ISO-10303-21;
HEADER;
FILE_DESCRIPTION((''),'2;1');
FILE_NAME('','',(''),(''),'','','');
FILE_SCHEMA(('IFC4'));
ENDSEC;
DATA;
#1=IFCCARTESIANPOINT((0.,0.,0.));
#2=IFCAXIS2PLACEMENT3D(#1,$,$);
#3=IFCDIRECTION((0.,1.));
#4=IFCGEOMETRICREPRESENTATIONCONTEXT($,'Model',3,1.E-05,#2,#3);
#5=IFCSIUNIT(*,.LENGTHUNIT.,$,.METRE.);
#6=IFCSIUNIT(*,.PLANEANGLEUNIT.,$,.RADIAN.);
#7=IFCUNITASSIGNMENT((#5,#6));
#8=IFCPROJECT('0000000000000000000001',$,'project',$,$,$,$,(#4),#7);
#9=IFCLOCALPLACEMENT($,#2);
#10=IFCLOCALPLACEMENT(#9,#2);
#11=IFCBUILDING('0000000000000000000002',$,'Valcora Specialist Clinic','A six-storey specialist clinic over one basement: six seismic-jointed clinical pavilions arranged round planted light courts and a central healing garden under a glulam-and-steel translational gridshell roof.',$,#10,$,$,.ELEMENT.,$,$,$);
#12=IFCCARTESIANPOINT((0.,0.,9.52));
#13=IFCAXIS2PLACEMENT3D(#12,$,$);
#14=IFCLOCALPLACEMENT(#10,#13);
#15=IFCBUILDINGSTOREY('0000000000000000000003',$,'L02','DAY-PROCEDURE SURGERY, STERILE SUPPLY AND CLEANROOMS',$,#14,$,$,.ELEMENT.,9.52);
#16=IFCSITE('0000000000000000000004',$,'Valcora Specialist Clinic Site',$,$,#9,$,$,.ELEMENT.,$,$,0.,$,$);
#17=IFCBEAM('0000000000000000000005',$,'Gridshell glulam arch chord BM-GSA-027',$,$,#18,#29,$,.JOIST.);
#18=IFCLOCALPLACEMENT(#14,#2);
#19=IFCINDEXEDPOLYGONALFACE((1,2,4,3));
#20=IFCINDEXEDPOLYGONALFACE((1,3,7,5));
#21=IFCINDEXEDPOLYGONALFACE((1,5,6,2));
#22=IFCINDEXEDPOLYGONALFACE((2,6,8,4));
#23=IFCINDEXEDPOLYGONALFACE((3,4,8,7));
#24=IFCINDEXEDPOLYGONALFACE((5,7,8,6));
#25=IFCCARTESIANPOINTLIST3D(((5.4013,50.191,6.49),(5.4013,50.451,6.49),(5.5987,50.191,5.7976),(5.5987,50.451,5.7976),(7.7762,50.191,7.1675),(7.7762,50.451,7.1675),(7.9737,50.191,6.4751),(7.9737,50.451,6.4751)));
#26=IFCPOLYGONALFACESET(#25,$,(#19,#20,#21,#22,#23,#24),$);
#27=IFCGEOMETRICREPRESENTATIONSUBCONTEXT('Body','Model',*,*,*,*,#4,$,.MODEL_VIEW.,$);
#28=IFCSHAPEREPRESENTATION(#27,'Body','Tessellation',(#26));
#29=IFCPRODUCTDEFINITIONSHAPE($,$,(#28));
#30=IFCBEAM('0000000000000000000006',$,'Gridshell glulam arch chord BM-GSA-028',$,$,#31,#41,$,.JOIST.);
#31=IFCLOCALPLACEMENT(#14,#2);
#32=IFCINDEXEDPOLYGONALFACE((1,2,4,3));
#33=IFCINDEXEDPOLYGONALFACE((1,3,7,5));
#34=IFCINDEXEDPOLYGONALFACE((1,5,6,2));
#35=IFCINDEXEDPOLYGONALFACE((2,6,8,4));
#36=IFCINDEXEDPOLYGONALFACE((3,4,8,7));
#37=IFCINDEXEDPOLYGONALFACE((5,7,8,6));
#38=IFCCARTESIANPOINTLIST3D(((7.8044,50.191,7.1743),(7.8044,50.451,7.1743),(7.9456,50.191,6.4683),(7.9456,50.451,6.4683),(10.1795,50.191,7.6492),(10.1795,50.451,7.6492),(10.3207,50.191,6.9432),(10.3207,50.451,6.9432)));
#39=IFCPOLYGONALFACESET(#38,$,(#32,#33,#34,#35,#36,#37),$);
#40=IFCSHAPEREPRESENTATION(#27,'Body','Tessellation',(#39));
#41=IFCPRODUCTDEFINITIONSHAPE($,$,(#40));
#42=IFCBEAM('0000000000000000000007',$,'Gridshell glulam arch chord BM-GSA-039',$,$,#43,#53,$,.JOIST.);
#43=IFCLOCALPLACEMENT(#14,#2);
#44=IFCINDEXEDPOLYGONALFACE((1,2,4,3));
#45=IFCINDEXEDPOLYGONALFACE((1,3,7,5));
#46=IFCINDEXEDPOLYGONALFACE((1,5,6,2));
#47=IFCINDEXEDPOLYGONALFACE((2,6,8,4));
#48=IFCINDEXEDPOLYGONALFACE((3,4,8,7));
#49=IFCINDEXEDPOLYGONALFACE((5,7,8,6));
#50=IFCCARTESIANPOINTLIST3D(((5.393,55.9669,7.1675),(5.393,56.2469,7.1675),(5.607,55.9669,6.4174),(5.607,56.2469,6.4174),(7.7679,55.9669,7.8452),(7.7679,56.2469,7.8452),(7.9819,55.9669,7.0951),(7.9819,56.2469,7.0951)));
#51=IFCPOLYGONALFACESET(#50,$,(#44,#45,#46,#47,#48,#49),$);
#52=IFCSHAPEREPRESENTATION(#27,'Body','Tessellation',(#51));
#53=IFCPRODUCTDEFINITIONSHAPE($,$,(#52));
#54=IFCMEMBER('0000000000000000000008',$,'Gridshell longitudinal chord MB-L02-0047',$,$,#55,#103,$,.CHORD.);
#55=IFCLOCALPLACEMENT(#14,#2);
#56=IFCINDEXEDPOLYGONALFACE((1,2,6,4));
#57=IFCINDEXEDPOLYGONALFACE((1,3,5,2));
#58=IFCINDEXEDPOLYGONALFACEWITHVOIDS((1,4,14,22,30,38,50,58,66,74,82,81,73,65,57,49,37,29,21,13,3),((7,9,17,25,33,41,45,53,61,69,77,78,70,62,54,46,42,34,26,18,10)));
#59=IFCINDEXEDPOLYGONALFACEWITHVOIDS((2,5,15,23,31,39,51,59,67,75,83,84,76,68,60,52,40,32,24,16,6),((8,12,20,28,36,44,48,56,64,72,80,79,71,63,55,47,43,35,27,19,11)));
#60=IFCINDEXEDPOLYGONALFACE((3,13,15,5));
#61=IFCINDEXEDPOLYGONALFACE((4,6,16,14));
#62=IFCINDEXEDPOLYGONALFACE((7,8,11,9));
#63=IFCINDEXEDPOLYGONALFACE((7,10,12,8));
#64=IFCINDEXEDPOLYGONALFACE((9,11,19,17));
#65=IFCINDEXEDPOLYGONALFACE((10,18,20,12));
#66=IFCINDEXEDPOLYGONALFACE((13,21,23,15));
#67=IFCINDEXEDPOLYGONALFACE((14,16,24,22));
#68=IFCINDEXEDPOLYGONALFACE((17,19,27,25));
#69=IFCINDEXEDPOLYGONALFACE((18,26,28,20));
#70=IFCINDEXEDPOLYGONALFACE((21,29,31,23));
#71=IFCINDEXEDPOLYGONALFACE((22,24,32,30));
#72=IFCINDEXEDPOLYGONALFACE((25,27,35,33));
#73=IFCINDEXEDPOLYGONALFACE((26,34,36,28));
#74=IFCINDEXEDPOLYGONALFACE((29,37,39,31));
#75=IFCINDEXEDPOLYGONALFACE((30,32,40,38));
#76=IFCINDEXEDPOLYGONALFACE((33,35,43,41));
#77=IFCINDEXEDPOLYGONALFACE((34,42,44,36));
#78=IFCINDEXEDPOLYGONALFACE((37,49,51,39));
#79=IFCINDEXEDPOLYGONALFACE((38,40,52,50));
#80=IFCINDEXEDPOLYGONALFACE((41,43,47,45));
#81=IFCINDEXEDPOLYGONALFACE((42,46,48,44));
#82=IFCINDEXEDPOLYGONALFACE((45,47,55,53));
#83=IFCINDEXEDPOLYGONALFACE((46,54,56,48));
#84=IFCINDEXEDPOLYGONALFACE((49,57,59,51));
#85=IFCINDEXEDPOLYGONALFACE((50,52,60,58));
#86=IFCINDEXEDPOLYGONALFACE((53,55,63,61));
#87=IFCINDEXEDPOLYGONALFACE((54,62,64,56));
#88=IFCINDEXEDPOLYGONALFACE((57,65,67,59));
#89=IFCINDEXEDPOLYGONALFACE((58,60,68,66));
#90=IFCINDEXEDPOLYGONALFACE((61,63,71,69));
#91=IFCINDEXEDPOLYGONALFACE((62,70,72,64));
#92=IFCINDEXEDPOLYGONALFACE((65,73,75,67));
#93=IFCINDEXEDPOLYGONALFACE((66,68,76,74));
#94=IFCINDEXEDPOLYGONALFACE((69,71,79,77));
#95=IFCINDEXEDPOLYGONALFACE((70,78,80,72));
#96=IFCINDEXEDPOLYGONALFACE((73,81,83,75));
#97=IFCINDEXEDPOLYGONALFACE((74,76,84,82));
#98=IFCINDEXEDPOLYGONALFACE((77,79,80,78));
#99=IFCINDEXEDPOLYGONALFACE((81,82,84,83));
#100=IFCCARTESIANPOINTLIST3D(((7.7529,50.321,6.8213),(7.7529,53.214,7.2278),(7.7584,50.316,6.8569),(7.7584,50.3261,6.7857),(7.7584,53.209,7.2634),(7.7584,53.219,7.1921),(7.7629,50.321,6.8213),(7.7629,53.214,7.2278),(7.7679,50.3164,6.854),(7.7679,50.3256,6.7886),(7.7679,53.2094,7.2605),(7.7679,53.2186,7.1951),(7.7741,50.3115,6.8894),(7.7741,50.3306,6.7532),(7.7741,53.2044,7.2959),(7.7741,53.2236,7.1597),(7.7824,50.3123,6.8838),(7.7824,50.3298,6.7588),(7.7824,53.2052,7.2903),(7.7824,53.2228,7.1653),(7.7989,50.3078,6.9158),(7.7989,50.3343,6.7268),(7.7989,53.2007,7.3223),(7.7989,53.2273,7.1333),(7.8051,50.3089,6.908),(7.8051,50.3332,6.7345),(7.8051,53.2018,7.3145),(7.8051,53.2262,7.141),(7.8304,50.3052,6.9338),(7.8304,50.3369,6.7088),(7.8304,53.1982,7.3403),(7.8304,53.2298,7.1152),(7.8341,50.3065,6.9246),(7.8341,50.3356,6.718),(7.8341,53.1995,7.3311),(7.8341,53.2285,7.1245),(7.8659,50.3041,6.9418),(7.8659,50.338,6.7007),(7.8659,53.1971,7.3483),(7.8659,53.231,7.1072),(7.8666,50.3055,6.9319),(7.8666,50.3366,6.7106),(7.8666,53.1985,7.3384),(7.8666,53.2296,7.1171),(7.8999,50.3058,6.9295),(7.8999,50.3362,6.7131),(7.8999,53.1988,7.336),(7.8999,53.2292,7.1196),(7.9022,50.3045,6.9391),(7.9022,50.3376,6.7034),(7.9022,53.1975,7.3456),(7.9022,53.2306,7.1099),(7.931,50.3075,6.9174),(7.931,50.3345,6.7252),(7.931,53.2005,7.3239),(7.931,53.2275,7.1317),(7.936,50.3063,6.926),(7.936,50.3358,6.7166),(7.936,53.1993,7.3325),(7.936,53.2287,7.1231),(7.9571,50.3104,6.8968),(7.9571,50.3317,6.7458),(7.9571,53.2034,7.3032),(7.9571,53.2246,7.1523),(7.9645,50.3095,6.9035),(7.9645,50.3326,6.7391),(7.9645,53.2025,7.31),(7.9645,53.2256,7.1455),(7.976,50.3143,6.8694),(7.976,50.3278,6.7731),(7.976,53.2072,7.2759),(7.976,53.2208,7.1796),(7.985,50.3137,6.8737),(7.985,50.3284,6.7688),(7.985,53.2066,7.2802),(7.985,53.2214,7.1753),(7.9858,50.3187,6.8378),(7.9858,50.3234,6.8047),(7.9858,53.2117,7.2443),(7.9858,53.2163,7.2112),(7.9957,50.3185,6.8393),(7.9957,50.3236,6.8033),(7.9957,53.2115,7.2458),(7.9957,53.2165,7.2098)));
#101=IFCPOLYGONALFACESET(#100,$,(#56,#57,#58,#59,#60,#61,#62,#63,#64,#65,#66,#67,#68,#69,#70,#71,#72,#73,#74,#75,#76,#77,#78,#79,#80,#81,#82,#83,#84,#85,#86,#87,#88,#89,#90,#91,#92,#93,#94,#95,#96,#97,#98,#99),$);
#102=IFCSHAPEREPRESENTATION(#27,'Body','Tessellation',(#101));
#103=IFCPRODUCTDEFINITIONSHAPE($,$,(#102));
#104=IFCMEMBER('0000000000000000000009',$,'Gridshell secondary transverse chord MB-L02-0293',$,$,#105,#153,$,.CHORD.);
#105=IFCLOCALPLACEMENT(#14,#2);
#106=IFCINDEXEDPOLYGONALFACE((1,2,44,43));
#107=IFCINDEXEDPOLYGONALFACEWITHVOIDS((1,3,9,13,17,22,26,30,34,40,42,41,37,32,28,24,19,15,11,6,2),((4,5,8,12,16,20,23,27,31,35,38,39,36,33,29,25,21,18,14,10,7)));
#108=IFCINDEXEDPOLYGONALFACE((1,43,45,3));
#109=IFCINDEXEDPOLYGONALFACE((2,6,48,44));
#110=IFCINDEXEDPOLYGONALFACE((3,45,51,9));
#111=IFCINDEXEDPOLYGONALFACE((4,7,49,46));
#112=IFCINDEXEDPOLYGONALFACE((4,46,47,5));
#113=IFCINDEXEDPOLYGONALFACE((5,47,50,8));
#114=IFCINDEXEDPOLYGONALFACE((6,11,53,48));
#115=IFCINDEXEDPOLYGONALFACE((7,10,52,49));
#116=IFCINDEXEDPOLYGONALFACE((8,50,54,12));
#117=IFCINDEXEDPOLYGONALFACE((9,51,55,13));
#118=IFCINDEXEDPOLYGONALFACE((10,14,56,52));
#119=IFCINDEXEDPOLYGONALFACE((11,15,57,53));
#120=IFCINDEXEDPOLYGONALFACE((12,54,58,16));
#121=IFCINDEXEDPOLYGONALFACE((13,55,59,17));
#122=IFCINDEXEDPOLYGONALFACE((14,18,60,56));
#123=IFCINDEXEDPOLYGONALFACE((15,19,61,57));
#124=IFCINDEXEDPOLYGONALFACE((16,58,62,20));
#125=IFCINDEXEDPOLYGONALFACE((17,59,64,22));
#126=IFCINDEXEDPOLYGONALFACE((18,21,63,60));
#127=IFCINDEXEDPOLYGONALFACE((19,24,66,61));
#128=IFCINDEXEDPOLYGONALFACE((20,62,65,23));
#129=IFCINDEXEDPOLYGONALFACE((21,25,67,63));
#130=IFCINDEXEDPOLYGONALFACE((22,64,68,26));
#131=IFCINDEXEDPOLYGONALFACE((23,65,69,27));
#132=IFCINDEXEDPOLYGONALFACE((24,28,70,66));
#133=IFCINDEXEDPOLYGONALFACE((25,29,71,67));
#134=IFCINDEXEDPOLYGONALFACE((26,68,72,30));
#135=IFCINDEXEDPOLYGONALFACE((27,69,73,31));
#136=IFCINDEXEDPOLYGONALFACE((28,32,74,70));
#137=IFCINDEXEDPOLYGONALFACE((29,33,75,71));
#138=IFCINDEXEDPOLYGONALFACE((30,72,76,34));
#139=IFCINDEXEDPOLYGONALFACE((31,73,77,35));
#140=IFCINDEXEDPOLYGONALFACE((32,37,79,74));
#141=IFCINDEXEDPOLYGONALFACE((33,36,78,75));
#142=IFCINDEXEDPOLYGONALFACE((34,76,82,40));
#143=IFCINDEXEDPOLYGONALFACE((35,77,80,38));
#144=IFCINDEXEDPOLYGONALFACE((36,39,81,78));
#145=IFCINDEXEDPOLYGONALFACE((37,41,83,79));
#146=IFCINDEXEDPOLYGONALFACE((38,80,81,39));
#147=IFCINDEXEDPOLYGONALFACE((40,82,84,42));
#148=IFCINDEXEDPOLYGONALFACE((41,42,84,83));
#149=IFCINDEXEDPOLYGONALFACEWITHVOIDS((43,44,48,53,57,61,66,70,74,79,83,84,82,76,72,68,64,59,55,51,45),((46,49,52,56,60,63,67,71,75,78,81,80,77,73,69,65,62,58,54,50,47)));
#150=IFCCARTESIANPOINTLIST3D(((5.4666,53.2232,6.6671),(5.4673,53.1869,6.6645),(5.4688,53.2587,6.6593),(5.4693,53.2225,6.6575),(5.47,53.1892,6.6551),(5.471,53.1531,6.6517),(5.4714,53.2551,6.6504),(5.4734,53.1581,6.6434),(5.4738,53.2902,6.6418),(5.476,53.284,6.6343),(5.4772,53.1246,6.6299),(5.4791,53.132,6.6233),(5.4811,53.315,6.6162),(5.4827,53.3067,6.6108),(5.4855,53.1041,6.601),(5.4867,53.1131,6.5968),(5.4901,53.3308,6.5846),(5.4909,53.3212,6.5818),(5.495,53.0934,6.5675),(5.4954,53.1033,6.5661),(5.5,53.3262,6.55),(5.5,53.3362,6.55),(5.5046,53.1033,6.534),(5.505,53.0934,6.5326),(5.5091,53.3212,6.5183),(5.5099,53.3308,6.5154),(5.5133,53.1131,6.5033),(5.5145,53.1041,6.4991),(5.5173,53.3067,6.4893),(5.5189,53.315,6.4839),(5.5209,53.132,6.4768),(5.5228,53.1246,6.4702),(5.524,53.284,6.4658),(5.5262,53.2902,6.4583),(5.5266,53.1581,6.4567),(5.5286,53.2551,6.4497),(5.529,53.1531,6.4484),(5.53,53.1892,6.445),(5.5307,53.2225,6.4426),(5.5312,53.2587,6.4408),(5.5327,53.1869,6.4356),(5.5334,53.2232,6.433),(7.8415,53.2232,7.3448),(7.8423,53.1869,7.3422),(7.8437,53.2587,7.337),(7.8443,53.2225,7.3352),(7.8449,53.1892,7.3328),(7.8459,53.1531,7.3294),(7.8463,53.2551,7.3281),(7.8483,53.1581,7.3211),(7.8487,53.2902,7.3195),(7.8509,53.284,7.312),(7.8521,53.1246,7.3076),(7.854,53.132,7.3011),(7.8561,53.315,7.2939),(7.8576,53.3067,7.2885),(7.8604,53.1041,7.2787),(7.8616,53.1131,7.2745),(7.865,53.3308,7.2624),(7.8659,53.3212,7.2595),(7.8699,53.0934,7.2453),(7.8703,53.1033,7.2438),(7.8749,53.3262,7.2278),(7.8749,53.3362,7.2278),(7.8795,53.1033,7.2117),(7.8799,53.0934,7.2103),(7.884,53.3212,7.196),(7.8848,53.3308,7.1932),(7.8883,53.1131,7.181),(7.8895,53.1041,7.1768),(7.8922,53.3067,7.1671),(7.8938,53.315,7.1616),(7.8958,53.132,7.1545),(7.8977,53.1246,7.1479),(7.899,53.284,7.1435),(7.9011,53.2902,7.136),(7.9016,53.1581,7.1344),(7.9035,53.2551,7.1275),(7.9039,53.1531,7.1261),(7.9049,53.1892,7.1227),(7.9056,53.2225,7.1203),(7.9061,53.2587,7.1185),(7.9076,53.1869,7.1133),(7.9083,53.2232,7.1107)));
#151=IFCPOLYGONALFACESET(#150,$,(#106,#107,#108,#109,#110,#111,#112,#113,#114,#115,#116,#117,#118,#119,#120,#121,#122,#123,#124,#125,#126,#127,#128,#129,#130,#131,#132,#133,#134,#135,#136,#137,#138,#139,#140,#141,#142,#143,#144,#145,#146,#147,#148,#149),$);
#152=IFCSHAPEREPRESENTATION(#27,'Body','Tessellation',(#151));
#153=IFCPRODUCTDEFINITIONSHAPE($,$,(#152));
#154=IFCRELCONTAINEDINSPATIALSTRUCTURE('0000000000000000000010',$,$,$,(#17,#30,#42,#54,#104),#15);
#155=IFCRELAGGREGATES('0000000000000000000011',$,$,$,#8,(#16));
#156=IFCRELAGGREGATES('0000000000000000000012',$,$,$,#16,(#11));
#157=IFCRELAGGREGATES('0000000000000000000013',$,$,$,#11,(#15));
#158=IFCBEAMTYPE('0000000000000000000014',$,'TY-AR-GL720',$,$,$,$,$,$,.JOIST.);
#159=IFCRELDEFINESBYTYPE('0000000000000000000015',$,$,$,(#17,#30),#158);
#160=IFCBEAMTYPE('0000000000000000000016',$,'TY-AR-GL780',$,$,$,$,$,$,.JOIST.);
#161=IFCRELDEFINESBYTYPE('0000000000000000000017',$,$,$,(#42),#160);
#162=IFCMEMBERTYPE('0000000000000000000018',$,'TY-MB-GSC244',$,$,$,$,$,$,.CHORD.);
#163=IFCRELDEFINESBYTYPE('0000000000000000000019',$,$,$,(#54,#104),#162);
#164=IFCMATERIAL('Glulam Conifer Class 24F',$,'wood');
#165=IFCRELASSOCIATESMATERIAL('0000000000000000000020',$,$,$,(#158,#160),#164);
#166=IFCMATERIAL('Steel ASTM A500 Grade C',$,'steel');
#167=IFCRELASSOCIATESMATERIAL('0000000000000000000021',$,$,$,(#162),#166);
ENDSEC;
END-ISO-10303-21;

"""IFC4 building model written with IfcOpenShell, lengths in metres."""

from ifc_helpers import new_model, si_unit, direction, frame, origin, origin_2d, place, context, subcontext, project, spatial, rectangle, hollow_circle, extrude, material, material_profile, profile_set, type_object, element, save


model = new_model("IFC4")

# Units and contexts
model_context = context("Model", 3, precision=1e-05, world=origin(), true_north=direction((0.0, 1.0)))
body_context = subcontext(model_context, "Body", "Model", "MODEL_VIEW")
ifc_project = project(units=[si_unit("LENGTHUNIT", "METRE"), si_unit("PLANEANGLEUNIT", "RADIAN")], contexts=[model_context])

# Site, building, storey
site_placement = place(None, origin())
site = spatial("IfcSite", under=ifc_project, at=site_placement, Name="Valcora Specialist Clinic Site", CompositionType="ELEMENT", RefElevation=0.0)
building_placement = place(site_placement, origin())
building = spatial("IfcBuilding", under=site, at=building_placement, Name="Valcora Specialist Clinic", Description="A six-storey specialist clinic over one basement: six seismic-jointed clinical pavilions arranged round planted light courts and a central healing garden under a glulam-and-steel translational gridshell roof.", CompositionType="ELEMENT")
storey_placement = place(building_placement, frame((0.0, 0.0, 9.52)))
storey = spatial("IfcBuildingStorey", under=building, at=storey_placement, Name="L02", Description="DAY-PROCEDURE SURGERY, STERILE SUPPLY AND CLEANROOMS", CompositionType="ELEMENT", Elevation=9.52)

# Beams
ifc_material_1 = material(Name="Glulam Conifer Class 24F", Category="wood")
ifc_material_profile_1 = material_profile(ifc_material_1, rectangle(XDim=0.26, YDim=0.72, at=origin_2d()), Name="GL-ARC-260X720")
ifc_profile_set_1 = profile_set([ifc_material_profile_1], Name="Glulam Conifer Class 24F")
beam_type_1 = type_object("IfcBeamType", Name="TY-AR-GL720", PredefinedType="JOIST", material=ifc_profile_set_1)
beam_1_placement = place(storey_placement, frame((5.5, 50.321, 6.1438), z_axis=(0.96164, 0.0, 0.274316), x_axis=(0.0, 1.0, 0.0)))
element("IfcBeam", 1, at=beam_1_placement, inside=storey, type_object=beam_type_1, Name="Gridshell glulam arch chord BM-GSA-027", PredefinedType="JOIST", context=body_context, shape_type="SweptSolid", body=[
    extrude(rectangle(XDim=0.26, YDim=0.72, at=origin_2d()), origin(), (0.0, 0.0, 1.0), 2.4697),
])
beam_2_placement = place(storey_placement, frame((7.875, 50.321, 6.8213), z_axis=(0.980592, 0.0, 0.196058), x_axis=(0.0, 1.0, 0.0)))
element("IfcBeam", 2, at=beam_2_placement, inside=storey, type_object=beam_type_1, Name="Gridshell glulam arch chord BM-GSA-028", PredefinedType="JOIST", context=body_context, shape_type="SweptSolid", body=[
    extrude(rectangle(XDim=0.26, YDim=0.72, at=origin_2d()), origin(), (0.0, 0.0, 1.0), 2.4221),
])
ifc_material_profile_2 = material_profile(ifc_material_1, rectangle(XDim=0.28, YDim=0.78, at=origin_2d()), Name="GL-ARC-280X780")
ifc_profile_set_2 = profile_set([ifc_material_profile_2], Name="Glulam Conifer Class 24F")
beam_type_2 = type_object("IfcBeamType", Name="TY-AR-GL780", PredefinedType="JOIST", material=ifc_profile_set_2)
beam_3_placement = place(storey_placement, frame((5.5, 56.1069, 6.7925), z_axis=(0.961613, 0.0, 0.274408), x_axis=(0.0, 1.0, 0.0)))
element("IfcBeam", 3, at=beam_3_placement, inside=storey, type_object=beam_type_2, Name="Gridshell glulam arch chord BM-GSA-039", PredefinedType="JOIST", context=body_context, shape_type="SweptSolid", body=[
    extrude(rectangle(XDim=0.28, YDim=0.78, at=origin_2d()), origin(), (0.0, 0.0, 1.0), 2.4697),
])

# Members
ifc_material_2 = material(Name="Steel ASTM A500 Grade C", Category="steel")
ifc_material_profile_3 = material_profile(ifc_material_2, hollow_circle(Radius=0.1221, WallThickness=0.01, at=origin_2d()), Name="ST-CHS-244X10")
ifc_profile_set_3 = profile_set([ifc_material_profile_3], Name="Steel ASTM A500 Grade C")
member_type_1 = type_object("IfcMemberType", Name="TY-MB-GSC244", PredefinedType="CHORD", material=ifc_profile_set_3)
member_1_placement = place(storey_placement, frame((7.875, 50.321, 6.8213), z_axis=(0.0, 0.990273, 0.13914), x_axis=(-1.0, 0.0, 0.0)))
element("IfcMember", 4, at=member_1_placement, inside=storey, type_object=member_type_1, Name="Gridshell longitudinal chord MB-L02-0047", PredefinedType="CHORD", context=body_context, shape_type="SweptSolid", body=[
    extrude(hollow_circle(Radius=0.1221, WallThickness=0.01, at=origin_2d()), origin(), (0.0, 0.0, 1.0), 2.9214),
])
member_2_placement = place(storey_placement, frame((5.5, 53.2141, 6.55), z_axis=(0.961613, 0.0, 0.274408), x_axis=(0.0, 1.0, 0.0)))
element("IfcMember", 5, at=member_2_placement, inside=storey, type_object=member_type_1, Name="Gridshell secondary transverse chord MB-L02-0293", PredefinedType="CHORD", context=body_context, shape_type="SweptSolid", body=[
    extrude(hollow_circle(Radius=0.1221, WallThickness=0.01, at=origin_2d()), origin(), (0.0, 0.0, 1.0), 2.4697),
])

save(model, "model.ifc")
